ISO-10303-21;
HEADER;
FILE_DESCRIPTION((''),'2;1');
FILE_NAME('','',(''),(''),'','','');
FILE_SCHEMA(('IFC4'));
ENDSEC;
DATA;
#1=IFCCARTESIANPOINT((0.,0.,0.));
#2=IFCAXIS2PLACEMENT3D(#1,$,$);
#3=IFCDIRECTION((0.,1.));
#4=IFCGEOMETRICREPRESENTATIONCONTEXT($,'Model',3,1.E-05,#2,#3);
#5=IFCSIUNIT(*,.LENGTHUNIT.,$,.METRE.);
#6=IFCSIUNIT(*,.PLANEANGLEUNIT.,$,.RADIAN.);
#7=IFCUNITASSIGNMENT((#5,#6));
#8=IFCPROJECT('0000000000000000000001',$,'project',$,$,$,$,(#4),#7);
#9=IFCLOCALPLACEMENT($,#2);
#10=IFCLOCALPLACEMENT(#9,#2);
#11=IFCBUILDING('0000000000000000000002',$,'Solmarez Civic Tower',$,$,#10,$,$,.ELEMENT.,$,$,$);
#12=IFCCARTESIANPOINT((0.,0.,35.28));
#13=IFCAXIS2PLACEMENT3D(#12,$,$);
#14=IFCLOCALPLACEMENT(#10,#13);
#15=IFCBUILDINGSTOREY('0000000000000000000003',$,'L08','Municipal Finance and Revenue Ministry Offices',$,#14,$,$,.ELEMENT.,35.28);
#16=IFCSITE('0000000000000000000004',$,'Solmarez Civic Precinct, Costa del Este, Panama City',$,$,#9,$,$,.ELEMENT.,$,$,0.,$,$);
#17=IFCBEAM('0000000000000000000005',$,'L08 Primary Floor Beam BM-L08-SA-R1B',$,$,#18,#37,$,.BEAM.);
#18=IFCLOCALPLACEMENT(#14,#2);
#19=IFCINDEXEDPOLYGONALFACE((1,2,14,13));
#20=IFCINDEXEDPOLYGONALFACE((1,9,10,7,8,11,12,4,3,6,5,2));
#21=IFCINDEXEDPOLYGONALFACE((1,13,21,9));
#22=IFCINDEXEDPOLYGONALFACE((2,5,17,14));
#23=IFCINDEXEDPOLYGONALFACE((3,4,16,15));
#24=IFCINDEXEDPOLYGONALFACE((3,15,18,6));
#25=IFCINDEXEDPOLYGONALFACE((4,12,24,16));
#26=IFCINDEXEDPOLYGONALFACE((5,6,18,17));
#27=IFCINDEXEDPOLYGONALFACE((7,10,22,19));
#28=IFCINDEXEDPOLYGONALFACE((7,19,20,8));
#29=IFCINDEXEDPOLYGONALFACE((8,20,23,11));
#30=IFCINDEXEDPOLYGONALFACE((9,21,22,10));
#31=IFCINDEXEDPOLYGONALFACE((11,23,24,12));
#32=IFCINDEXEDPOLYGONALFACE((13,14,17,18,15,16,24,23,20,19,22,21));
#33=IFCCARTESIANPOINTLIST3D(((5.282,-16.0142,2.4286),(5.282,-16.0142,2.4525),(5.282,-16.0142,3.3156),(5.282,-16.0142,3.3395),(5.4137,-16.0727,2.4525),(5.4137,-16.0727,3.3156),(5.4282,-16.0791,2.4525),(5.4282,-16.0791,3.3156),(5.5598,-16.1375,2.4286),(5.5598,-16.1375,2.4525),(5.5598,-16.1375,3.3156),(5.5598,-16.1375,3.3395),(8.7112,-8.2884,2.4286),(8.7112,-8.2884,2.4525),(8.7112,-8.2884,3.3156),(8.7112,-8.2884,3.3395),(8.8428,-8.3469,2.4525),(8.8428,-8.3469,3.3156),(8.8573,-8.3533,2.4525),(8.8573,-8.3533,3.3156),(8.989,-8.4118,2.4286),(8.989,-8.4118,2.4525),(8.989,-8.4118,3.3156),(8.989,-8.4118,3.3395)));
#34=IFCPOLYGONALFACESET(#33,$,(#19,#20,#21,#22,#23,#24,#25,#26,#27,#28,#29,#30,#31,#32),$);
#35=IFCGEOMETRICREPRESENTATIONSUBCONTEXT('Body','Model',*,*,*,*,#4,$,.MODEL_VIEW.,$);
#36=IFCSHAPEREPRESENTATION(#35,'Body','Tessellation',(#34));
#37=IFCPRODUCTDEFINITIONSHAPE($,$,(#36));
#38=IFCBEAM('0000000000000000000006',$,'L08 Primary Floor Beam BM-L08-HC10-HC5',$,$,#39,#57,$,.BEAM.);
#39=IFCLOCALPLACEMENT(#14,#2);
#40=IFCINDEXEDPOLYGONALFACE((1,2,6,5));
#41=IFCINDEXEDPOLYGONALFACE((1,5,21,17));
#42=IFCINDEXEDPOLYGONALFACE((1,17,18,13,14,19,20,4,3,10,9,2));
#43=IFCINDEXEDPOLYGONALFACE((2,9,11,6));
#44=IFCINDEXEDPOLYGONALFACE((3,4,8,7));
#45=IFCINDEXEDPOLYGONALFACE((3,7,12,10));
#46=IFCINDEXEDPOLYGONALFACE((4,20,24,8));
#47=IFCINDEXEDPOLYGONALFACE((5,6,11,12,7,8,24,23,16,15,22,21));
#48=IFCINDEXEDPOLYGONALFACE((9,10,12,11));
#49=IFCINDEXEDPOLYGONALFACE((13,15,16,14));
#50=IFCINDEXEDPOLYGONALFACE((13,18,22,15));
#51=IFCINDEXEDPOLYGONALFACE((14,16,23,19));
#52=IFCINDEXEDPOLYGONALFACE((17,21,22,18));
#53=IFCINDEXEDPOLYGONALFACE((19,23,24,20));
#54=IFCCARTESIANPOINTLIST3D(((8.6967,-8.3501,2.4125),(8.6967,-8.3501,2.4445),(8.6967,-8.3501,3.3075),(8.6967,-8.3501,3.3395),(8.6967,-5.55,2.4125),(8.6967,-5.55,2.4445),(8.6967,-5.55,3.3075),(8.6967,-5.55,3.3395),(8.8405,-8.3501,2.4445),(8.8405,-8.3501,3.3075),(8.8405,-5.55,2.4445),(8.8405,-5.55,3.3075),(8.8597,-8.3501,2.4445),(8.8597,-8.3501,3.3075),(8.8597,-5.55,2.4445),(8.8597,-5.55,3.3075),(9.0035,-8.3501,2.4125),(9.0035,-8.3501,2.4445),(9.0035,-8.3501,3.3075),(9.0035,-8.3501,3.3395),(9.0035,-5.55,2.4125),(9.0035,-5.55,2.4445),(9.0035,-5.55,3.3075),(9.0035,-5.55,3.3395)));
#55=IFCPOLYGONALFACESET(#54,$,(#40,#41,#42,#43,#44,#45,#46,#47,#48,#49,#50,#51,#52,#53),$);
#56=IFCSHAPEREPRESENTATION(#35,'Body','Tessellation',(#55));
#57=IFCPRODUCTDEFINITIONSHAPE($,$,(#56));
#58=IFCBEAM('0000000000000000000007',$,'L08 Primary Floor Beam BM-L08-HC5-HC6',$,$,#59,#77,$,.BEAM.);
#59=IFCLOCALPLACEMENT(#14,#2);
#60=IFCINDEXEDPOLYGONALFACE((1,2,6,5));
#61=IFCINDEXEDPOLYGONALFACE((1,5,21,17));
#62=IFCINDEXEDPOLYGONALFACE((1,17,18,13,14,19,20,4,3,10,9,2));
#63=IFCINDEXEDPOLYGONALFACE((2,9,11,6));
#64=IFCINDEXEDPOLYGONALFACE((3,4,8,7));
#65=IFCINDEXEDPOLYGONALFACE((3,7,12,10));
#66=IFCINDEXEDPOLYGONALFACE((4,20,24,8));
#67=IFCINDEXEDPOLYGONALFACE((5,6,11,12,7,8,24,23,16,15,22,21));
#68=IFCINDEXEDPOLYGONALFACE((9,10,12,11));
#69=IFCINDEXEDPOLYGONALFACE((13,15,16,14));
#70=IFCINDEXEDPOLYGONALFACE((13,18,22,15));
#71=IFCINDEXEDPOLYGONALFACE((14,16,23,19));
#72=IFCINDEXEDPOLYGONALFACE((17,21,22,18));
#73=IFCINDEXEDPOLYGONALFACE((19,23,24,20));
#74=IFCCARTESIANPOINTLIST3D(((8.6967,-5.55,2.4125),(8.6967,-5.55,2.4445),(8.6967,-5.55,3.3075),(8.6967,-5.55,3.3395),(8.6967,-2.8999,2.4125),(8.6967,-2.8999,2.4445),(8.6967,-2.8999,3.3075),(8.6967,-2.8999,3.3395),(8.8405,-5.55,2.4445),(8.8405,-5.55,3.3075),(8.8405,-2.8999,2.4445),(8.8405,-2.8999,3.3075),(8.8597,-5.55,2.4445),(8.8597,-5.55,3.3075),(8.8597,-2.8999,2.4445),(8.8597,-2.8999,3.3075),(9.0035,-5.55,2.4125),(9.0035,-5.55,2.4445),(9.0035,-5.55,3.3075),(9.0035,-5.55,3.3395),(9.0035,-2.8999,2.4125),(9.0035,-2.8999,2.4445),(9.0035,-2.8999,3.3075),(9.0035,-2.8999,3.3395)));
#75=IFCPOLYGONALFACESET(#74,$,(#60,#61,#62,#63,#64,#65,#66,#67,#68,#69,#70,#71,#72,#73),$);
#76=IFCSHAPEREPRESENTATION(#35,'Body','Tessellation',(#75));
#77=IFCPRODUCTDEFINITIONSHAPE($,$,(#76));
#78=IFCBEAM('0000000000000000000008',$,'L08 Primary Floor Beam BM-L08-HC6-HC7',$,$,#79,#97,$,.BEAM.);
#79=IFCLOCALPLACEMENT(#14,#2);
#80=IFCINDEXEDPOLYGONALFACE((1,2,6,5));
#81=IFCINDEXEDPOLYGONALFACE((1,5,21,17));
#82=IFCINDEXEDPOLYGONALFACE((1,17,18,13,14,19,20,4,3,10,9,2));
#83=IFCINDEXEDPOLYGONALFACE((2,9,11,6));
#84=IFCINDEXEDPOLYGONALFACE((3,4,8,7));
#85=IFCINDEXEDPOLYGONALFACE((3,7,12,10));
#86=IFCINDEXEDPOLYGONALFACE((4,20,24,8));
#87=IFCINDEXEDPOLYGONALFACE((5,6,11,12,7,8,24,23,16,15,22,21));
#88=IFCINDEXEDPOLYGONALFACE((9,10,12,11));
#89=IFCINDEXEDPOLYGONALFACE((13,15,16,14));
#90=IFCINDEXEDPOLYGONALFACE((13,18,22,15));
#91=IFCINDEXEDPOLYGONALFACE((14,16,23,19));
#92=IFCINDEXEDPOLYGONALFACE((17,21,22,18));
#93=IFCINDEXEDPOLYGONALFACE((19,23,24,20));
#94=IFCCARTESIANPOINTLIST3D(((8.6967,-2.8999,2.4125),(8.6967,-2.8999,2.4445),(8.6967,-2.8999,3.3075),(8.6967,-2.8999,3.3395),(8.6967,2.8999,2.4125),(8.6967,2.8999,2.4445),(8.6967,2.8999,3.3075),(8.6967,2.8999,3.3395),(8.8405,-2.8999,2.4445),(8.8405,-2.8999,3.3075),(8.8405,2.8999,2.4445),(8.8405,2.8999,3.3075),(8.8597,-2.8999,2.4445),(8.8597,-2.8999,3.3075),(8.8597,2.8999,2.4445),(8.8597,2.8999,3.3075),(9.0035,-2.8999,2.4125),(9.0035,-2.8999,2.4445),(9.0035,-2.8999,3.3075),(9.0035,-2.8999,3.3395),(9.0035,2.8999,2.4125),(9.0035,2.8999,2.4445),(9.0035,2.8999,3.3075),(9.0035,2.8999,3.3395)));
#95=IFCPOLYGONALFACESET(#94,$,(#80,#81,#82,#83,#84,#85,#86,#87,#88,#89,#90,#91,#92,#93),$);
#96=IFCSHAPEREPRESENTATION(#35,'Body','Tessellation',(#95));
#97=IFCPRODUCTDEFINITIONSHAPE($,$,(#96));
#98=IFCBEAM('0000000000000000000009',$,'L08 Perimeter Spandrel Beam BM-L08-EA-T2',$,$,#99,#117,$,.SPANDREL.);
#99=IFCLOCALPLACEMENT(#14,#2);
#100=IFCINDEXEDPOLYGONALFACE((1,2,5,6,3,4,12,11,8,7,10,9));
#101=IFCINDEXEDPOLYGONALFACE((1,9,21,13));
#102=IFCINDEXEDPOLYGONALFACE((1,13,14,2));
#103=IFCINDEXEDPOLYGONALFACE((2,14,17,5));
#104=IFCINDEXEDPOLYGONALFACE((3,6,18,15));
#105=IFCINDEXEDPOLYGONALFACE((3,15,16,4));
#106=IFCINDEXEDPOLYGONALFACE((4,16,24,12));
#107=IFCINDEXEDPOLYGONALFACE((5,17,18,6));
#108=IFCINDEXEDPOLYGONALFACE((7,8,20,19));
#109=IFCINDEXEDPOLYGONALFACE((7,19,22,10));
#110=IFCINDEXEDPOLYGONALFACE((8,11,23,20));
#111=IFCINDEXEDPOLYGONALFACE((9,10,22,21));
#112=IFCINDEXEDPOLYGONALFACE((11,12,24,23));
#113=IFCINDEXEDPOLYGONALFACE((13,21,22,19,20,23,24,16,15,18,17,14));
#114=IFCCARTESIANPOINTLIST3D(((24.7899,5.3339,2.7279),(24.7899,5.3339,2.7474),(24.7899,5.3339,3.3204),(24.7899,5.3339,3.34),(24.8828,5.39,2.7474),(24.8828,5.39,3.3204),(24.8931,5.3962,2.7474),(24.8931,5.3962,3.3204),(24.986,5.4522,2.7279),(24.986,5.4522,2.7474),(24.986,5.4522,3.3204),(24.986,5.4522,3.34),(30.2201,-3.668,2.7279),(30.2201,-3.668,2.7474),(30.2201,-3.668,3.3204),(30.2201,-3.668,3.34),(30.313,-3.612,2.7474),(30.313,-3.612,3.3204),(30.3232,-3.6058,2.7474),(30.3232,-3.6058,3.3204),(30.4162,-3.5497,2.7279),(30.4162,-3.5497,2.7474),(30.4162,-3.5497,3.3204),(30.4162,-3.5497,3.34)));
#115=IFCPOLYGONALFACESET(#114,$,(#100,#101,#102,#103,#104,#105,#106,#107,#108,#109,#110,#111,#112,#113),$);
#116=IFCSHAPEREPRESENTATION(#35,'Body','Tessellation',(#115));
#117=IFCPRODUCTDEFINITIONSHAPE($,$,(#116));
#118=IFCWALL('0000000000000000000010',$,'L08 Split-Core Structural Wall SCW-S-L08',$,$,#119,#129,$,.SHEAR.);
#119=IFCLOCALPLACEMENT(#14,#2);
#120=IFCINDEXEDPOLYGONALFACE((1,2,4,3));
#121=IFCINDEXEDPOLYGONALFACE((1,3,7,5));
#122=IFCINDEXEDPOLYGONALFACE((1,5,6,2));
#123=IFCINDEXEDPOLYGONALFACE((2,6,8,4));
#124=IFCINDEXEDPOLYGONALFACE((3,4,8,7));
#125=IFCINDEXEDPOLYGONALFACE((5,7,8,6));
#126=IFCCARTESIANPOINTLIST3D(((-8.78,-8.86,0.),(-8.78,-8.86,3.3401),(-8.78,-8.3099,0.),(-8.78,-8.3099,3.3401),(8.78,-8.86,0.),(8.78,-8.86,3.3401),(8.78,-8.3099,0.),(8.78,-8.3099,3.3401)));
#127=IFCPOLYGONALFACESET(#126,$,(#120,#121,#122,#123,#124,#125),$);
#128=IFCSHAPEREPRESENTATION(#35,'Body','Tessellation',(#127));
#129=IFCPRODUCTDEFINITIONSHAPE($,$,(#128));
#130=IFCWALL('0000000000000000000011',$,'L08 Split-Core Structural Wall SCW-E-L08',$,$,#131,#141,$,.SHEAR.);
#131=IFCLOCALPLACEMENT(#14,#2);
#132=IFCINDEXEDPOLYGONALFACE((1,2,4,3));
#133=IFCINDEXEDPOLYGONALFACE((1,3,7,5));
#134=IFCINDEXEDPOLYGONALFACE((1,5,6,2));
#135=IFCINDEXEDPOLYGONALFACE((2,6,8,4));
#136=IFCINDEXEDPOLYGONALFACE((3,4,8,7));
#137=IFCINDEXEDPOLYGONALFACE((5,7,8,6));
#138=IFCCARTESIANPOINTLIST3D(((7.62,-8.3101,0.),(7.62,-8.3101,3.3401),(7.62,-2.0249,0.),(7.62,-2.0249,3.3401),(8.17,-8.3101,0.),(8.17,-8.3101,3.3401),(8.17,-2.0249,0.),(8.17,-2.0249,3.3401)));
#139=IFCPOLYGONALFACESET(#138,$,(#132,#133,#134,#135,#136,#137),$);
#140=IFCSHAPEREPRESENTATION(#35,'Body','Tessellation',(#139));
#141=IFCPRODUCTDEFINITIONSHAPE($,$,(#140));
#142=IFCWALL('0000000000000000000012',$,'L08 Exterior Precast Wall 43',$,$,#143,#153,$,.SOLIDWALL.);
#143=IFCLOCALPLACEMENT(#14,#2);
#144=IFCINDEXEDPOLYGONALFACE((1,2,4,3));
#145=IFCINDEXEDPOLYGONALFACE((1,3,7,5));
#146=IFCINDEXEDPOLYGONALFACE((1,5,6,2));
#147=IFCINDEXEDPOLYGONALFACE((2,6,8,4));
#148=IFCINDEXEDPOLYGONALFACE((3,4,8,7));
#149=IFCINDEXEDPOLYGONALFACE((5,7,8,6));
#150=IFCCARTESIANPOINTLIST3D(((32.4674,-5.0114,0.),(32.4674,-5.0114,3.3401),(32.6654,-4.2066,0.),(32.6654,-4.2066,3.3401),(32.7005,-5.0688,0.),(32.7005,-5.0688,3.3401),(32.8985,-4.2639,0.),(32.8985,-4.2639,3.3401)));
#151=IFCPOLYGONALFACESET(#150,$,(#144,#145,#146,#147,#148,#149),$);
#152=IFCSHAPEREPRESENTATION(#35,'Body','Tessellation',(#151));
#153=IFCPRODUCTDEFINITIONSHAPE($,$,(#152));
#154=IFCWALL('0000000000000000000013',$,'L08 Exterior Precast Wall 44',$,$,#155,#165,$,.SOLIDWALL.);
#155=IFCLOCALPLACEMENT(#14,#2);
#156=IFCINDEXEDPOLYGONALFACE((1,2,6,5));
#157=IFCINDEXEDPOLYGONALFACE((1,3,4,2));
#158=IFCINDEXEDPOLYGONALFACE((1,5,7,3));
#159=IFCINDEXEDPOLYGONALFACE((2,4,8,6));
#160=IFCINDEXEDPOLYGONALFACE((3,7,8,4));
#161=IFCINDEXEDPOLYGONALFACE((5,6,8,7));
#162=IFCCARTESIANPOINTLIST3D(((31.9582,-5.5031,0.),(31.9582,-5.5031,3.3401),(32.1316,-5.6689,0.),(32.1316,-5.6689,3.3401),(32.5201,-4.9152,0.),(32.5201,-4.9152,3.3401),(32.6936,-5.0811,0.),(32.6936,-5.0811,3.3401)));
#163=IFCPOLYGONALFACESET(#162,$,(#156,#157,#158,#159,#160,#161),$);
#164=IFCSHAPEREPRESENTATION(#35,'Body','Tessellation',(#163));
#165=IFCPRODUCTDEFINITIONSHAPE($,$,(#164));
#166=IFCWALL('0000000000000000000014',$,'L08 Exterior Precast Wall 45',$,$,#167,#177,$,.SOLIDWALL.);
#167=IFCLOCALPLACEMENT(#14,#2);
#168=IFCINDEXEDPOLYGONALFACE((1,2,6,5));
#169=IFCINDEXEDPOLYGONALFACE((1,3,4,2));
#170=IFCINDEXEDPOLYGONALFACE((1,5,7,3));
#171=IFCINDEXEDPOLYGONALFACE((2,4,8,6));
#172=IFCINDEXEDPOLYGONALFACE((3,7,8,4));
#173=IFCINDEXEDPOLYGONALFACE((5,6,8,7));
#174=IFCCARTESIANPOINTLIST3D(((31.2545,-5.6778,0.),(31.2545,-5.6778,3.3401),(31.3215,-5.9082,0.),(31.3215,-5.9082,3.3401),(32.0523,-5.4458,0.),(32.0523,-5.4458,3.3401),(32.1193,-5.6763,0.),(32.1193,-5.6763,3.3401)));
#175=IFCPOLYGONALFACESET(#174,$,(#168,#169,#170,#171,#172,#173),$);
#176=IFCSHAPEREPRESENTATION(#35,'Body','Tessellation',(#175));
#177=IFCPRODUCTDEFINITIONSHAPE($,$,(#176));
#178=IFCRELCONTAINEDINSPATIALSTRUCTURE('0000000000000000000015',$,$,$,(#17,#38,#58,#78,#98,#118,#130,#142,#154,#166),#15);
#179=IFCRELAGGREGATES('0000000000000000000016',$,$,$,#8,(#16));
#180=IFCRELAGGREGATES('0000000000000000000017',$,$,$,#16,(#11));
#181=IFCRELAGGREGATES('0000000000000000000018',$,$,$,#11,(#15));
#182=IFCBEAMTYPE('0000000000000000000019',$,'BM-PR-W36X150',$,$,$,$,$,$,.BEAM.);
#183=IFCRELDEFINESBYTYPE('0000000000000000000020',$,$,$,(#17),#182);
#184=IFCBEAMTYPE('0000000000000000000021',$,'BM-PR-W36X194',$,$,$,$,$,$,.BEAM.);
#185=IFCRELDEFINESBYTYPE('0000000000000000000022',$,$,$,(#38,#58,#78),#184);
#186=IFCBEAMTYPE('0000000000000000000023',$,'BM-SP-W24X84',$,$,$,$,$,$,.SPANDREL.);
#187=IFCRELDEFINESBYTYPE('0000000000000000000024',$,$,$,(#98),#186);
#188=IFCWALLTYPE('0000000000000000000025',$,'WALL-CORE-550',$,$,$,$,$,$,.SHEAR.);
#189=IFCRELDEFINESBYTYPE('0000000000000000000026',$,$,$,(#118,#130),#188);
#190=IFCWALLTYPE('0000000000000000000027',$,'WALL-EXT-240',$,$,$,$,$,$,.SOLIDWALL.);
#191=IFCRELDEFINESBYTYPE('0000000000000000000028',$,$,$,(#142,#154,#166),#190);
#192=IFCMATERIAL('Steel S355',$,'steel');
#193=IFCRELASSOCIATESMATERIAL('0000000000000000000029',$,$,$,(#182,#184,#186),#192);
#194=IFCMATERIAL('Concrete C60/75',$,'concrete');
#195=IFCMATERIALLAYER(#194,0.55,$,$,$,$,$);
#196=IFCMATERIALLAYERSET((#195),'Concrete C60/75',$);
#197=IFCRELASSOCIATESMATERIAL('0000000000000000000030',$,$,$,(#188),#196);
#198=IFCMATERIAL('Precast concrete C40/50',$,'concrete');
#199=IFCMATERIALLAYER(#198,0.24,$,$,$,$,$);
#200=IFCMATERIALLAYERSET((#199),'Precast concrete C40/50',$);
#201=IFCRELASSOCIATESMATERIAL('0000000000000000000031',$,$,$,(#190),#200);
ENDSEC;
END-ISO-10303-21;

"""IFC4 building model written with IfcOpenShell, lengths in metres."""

from ifc_helpers import new_model, si_unit, direction, frame, frame_2d, origin, origin_2d, place, context, subcontext, project, spatial, rectangle, i_section, extrude, material, layer, layer_set, material_profile, profile_set, type_object, element, save


model = new_model("IFC4")

# Units and contexts
model_context = context("Model", 3, precision=1e-05, world=origin(), true_north=direction((0.0, 1.0)))
body_context = subcontext(model_context, "Body", "Model", "MODEL_VIEW")
ifc_project = project(units=[si_unit("LENGTHUNIT", "METRE"), si_unit("PLANEANGLEUNIT", "RADIAN")], contexts=[model_context])

# Site, building, storey
site_placement = place(None, origin())
site = spatial("IfcSite", under=ifc_project, at=site_placement, Name="Solmarez Civic Precinct, Costa del Este, Panama City", CompositionType="ELEMENT", RefElevation=0.0)
building_placement = place(site_placement, origin())
building = spatial("IfcBuilding", under=site, at=building_placement, Name="Solmarez Civic Tower", CompositionType="ELEMENT")
storey_placement = place(building_placement, frame((0.0, 0.0, 35.28)))
storey = spatial("IfcBuildingStorey", under=building, at=storey_placement, Name="L08", Description="Municipal Finance and Revenue Ministry Offices", CompositionType="ELEMENT", Elevation=35.28)

# Shared definitions
ifc_material_1 = material(Name="Concrete C60/75", Category="concrete")

# Beams
ifc_material_2 = material(Name="Steel S355", Category="steel")
ifc_material_profile_1 = material_profile(ifc_material_2, i_section(OverallWidth=0.304, OverallDepth=0.9109, WebThickness=0.0159, FlangeThickness=0.0239, at=origin_2d()), Name="W36X150")
ifc_profile_set_1 = profile_set([ifc_material_profile_1], Name="Steel S355")
beam_type_1 = type_object("IfcBeamType", Name="BM-PR-W36X150", PredefinedType="BEAM", material=ifc_profile_set_1)
beam_1_placement = place(storey_placement, frame((8.8501, -8.3501, 2.884), z_axis=(-0.405694, -0.914009, 0.0), x_axis=(0.914009, -0.405694, 0.0)))
element("IfcBeam", 1, at=beam_1_placement, inside=storey, type_object=beam_type_1, Name="L08 Primary Floor Beam BM-L08-SA-R1B", PredefinedType="BEAM", context=body_context, shape_type="SweptSolid", body=[
    extrude(i_section(OverallWidth=0.304, OverallDepth=0.9109, WebThickness=0.0159, FlangeThickness=0.0239, at=origin_2d()), origin(), (0.0, 0.0, 1.0), 8.4526),
])
ifc_material_profile_2 = material_profile(ifc_material_2, i_section(OverallWidth=0.3069, OverallDepth=0.927, WebThickness=0.0193, FlangeThickness=0.032, at=origin_2d()), Name="W36X194")
ifc_profile_set_2 = profile_set([ifc_material_profile_2], Name="Steel S355")
beam_type_2 = type_object("IfcBeamType", Name="BM-PR-W36X194", PredefinedType="BEAM", material=ifc_profile_set_2)
beam_2_placement = place(storey_placement, frame((8.8501, -8.3501, 2.876), z_axis=(0.0, 1.0, 0.0), x_axis=(-1.0, 0.0, 0.0)))
element("IfcBeam", 2, at=beam_2_placement, inside=storey, type_object=beam_type_2, Name="L08 Primary Floor Beam BM-L08-HC10-HC5", PredefinedType="BEAM", context=body_context, shape_type="SweptSolid", body=[
    extrude(i_section(OverallWidth=0.3069, OverallDepth=0.927, WebThickness=0.0193, FlangeThickness=0.032, at=origin_2d()), origin(), (0.0, 0.0, 1.0), 2.8),
])
beam_3_placement = place(storey_placement, frame((8.8501, -5.55, 2.876), z_axis=(0.0, 1.0, 0.0), x_axis=(-1.0, 0.0, 0.0)))
element("IfcBeam", 3, at=beam_3_placement, inside=storey, type_object=beam_type_2, Name="L08 Primary Floor Beam BM-L08-HC5-HC6", PredefinedType="BEAM", context=body_context, shape_type="SweptSolid", body=[
    extrude(i_section(OverallWidth=0.3069, OverallDepth=0.927, WebThickness=0.0193, FlangeThickness=0.032, at=origin_2d()), origin(), (0.0, 0.0, 1.0), 2.6501),
])
beam_4_placement = place(storey_placement, frame((8.8501, -2.8999, 2.876), z_axis=(0.0, 1.0, 0.0), x_axis=(-1.0, 0.0, 0.0)))
element("IfcBeam", 4, at=beam_4_placement, inside=storey, type_object=beam_type_2, Name="L08 Primary Floor Beam BM-L08-HC6-HC7", PredefinedType="BEAM", context=body_context, shape_type="SweptSolid", body=[
    extrude(i_section(OverallWidth=0.3069, OverallDepth=0.927, WebThickness=0.0193, FlangeThickness=0.032, at=origin_2d()), origin(), (0.0, 0.0, 1.0), 5.7998),
])
ifc_material_profile_3 = material_profile(ifc_material_2, i_section(OverallWidth=0.229, OverallDepth=0.6121, WebThickness=0.012, FlangeThickness=0.0195, at=origin_2d()), Name="W24X84")
ifc_profile_set_3 = profile_set([ifc_material_profile_3], Name="Steel S355")
beam_type_3 = type_object("IfcBeamType", Name="BM-SP-W24X84", PredefinedType="SPANDREL", material=ifc_profile_set_3)
beam_5_placement = place(storey_placement, frame((30.3181, -3.6089, 3.0339), z_axis=(-0.516523, 0.856273, 0.0), x_axis=(-0.856273, -0.516523, 0.0)))
element("IfcBeam", 5, at=beam_5_placement, inside=storey, type_object=beam_type_3, Name="L08 Perimeter Spandrel Beam BM-L08-EA-T2", PredefinedType="SPANDREL", context=body_context, shape_type="SweptSolid", body=[
    extrude(i_section(OverallWidth=0.229, OverallDepth=0.6121, WebThickness=0.012, FlangeThickness=0.0195, at=origin_2d()), origin(), (0.0, 0.0, 1.0), 10.5129),
])

# Walls
ifc_layer_1 = layer(ifc_material_1, 0.55)
ifc_layer_set_1 = layer_set([ifc_layer_1], Name="Concrete C60/75")
wall_type_1 = type_object("IfcWallType", Name="WALL-CORE-550", PredefinedType="SHEAR", material=ifc_layer_set_1)
wall_1_placement = place(storey_placement, frame((8.78, -8.585, 0.0), z_axis=(0.0, 0.0, 1.0), x_axis=(-1.0, 0.0, 0.0)))
element("IfcWall", 6, at=wall_1_placement, inside=storey, type_object=wall_type_1, Name="L08 Split-Core Structural Wall SCW-S-L08", PredefinedType="SHEAR", context=body_context, shape_type="SweptSolid", body=[
    extrude(rectangle(XDim=17.5601, YDim=0.55, at=frame_2d((8.78, 0.0))), origin(), (0.0, 0.0, 1.0), 3.3401),
])
wall_2_placement = place(storey_placement, frame((7.895, -2.0249, 0.0), z_axis=(0.0, 0.0, 1.0), x_axis=(0.0, -1.0, 0.0)))
element("IfcWall", 7, at=wall_2_placement, inside=storey, type_object=wall_type_1, Name="L08 Split-Core Structural Wall SCW-E-L08", PredefinedType="SHEAR", context=body_context, shape_type="SweptSolid", body=[
    extrude(rectangle(XDim=6.2852, YDim=0.55, at=frame_2d((3.1426, 0.0))), origin(), (0.0, 0.0, 1.0), 3.3401),
])
ifc_material_3 = material(Name="Precast concrete C40/50", Category="concrete")
ifc_layer_2 = layer(ifc_material_3, 0.24)
ifc_layer_set_2 = layer_set([ifc_layer_2], Name="Precast concrete C40/50")
wall_type_2 = type_object("IfcWallType", Name="WALL-EXT-240", PredefinedType="SOLIDWALL", material=ifc_layer_set_2)
wall_3_placement = place(storey_placement, frame((32.782, -4.2351, 0.0), z_axis=(0.0, 0.0, 1.0), x_axis=(-0.238861, -0.971054, 0.0)))
element("IfcWall", 8, at=wall_3_placement, inside=storey, type_object=wall_type_2, Name="L08 Exterior Precast Wall 43", PredefinedType="SOLIDWALL", context=body_context, shape_type="SweptSolid", body=[
    extrude(rectangle(XDim=0.8289, YDim=0.24, at=frame_2d((0.4146, 0.0))), origin(), (0.0, 0.0, 1.0), 3.3401),
])
wall_4_placement = place(storey_placement, frame((32.6069, -4.998, 0.0), z_axis=(0.0, 0.0, 1.0), x_axis=(-0.691018, -0.722837, 0.0)))
element("IfcWall", 9, at=wall_4_placement, inside=storey, type_object=wall_type_2, Name="L08 Exterior Precast Wall 44", PredefinedType="SOLIDWALL", context=body_context, shape_type="SweptSolid", body=[
    extrude(rectangle(XDim=0.8132, YDim=0.24, at=frame_2d((0.4067, 0.0))), origin(), (0.0, 0.0, 1.0), 3.3401),
])
wall_5_placement = place(storey_placement, frame((32.0859, -5.561, 0.0), z_axis=(0.0, 0.0, 1.0), x_axis=(-0.96025, -0.279142, 0.0)))
element("IfcWall", 10, at=wall_5_placement, inside=storey, type_object=wall_type_2, Name="L08 Exterior Precast Wall 45", PredefinedType="SOLIDWALL", context=body_context, shape_type="SweptSolid", body=[
    extrude(rectangle(XDim=0.8308, YDim=0.24, at=frame_2d((0.4155, 0.0))), origin(), (0.0, 0.0, 1.0), 3.3401),
])

save(model, "model.ifc")
